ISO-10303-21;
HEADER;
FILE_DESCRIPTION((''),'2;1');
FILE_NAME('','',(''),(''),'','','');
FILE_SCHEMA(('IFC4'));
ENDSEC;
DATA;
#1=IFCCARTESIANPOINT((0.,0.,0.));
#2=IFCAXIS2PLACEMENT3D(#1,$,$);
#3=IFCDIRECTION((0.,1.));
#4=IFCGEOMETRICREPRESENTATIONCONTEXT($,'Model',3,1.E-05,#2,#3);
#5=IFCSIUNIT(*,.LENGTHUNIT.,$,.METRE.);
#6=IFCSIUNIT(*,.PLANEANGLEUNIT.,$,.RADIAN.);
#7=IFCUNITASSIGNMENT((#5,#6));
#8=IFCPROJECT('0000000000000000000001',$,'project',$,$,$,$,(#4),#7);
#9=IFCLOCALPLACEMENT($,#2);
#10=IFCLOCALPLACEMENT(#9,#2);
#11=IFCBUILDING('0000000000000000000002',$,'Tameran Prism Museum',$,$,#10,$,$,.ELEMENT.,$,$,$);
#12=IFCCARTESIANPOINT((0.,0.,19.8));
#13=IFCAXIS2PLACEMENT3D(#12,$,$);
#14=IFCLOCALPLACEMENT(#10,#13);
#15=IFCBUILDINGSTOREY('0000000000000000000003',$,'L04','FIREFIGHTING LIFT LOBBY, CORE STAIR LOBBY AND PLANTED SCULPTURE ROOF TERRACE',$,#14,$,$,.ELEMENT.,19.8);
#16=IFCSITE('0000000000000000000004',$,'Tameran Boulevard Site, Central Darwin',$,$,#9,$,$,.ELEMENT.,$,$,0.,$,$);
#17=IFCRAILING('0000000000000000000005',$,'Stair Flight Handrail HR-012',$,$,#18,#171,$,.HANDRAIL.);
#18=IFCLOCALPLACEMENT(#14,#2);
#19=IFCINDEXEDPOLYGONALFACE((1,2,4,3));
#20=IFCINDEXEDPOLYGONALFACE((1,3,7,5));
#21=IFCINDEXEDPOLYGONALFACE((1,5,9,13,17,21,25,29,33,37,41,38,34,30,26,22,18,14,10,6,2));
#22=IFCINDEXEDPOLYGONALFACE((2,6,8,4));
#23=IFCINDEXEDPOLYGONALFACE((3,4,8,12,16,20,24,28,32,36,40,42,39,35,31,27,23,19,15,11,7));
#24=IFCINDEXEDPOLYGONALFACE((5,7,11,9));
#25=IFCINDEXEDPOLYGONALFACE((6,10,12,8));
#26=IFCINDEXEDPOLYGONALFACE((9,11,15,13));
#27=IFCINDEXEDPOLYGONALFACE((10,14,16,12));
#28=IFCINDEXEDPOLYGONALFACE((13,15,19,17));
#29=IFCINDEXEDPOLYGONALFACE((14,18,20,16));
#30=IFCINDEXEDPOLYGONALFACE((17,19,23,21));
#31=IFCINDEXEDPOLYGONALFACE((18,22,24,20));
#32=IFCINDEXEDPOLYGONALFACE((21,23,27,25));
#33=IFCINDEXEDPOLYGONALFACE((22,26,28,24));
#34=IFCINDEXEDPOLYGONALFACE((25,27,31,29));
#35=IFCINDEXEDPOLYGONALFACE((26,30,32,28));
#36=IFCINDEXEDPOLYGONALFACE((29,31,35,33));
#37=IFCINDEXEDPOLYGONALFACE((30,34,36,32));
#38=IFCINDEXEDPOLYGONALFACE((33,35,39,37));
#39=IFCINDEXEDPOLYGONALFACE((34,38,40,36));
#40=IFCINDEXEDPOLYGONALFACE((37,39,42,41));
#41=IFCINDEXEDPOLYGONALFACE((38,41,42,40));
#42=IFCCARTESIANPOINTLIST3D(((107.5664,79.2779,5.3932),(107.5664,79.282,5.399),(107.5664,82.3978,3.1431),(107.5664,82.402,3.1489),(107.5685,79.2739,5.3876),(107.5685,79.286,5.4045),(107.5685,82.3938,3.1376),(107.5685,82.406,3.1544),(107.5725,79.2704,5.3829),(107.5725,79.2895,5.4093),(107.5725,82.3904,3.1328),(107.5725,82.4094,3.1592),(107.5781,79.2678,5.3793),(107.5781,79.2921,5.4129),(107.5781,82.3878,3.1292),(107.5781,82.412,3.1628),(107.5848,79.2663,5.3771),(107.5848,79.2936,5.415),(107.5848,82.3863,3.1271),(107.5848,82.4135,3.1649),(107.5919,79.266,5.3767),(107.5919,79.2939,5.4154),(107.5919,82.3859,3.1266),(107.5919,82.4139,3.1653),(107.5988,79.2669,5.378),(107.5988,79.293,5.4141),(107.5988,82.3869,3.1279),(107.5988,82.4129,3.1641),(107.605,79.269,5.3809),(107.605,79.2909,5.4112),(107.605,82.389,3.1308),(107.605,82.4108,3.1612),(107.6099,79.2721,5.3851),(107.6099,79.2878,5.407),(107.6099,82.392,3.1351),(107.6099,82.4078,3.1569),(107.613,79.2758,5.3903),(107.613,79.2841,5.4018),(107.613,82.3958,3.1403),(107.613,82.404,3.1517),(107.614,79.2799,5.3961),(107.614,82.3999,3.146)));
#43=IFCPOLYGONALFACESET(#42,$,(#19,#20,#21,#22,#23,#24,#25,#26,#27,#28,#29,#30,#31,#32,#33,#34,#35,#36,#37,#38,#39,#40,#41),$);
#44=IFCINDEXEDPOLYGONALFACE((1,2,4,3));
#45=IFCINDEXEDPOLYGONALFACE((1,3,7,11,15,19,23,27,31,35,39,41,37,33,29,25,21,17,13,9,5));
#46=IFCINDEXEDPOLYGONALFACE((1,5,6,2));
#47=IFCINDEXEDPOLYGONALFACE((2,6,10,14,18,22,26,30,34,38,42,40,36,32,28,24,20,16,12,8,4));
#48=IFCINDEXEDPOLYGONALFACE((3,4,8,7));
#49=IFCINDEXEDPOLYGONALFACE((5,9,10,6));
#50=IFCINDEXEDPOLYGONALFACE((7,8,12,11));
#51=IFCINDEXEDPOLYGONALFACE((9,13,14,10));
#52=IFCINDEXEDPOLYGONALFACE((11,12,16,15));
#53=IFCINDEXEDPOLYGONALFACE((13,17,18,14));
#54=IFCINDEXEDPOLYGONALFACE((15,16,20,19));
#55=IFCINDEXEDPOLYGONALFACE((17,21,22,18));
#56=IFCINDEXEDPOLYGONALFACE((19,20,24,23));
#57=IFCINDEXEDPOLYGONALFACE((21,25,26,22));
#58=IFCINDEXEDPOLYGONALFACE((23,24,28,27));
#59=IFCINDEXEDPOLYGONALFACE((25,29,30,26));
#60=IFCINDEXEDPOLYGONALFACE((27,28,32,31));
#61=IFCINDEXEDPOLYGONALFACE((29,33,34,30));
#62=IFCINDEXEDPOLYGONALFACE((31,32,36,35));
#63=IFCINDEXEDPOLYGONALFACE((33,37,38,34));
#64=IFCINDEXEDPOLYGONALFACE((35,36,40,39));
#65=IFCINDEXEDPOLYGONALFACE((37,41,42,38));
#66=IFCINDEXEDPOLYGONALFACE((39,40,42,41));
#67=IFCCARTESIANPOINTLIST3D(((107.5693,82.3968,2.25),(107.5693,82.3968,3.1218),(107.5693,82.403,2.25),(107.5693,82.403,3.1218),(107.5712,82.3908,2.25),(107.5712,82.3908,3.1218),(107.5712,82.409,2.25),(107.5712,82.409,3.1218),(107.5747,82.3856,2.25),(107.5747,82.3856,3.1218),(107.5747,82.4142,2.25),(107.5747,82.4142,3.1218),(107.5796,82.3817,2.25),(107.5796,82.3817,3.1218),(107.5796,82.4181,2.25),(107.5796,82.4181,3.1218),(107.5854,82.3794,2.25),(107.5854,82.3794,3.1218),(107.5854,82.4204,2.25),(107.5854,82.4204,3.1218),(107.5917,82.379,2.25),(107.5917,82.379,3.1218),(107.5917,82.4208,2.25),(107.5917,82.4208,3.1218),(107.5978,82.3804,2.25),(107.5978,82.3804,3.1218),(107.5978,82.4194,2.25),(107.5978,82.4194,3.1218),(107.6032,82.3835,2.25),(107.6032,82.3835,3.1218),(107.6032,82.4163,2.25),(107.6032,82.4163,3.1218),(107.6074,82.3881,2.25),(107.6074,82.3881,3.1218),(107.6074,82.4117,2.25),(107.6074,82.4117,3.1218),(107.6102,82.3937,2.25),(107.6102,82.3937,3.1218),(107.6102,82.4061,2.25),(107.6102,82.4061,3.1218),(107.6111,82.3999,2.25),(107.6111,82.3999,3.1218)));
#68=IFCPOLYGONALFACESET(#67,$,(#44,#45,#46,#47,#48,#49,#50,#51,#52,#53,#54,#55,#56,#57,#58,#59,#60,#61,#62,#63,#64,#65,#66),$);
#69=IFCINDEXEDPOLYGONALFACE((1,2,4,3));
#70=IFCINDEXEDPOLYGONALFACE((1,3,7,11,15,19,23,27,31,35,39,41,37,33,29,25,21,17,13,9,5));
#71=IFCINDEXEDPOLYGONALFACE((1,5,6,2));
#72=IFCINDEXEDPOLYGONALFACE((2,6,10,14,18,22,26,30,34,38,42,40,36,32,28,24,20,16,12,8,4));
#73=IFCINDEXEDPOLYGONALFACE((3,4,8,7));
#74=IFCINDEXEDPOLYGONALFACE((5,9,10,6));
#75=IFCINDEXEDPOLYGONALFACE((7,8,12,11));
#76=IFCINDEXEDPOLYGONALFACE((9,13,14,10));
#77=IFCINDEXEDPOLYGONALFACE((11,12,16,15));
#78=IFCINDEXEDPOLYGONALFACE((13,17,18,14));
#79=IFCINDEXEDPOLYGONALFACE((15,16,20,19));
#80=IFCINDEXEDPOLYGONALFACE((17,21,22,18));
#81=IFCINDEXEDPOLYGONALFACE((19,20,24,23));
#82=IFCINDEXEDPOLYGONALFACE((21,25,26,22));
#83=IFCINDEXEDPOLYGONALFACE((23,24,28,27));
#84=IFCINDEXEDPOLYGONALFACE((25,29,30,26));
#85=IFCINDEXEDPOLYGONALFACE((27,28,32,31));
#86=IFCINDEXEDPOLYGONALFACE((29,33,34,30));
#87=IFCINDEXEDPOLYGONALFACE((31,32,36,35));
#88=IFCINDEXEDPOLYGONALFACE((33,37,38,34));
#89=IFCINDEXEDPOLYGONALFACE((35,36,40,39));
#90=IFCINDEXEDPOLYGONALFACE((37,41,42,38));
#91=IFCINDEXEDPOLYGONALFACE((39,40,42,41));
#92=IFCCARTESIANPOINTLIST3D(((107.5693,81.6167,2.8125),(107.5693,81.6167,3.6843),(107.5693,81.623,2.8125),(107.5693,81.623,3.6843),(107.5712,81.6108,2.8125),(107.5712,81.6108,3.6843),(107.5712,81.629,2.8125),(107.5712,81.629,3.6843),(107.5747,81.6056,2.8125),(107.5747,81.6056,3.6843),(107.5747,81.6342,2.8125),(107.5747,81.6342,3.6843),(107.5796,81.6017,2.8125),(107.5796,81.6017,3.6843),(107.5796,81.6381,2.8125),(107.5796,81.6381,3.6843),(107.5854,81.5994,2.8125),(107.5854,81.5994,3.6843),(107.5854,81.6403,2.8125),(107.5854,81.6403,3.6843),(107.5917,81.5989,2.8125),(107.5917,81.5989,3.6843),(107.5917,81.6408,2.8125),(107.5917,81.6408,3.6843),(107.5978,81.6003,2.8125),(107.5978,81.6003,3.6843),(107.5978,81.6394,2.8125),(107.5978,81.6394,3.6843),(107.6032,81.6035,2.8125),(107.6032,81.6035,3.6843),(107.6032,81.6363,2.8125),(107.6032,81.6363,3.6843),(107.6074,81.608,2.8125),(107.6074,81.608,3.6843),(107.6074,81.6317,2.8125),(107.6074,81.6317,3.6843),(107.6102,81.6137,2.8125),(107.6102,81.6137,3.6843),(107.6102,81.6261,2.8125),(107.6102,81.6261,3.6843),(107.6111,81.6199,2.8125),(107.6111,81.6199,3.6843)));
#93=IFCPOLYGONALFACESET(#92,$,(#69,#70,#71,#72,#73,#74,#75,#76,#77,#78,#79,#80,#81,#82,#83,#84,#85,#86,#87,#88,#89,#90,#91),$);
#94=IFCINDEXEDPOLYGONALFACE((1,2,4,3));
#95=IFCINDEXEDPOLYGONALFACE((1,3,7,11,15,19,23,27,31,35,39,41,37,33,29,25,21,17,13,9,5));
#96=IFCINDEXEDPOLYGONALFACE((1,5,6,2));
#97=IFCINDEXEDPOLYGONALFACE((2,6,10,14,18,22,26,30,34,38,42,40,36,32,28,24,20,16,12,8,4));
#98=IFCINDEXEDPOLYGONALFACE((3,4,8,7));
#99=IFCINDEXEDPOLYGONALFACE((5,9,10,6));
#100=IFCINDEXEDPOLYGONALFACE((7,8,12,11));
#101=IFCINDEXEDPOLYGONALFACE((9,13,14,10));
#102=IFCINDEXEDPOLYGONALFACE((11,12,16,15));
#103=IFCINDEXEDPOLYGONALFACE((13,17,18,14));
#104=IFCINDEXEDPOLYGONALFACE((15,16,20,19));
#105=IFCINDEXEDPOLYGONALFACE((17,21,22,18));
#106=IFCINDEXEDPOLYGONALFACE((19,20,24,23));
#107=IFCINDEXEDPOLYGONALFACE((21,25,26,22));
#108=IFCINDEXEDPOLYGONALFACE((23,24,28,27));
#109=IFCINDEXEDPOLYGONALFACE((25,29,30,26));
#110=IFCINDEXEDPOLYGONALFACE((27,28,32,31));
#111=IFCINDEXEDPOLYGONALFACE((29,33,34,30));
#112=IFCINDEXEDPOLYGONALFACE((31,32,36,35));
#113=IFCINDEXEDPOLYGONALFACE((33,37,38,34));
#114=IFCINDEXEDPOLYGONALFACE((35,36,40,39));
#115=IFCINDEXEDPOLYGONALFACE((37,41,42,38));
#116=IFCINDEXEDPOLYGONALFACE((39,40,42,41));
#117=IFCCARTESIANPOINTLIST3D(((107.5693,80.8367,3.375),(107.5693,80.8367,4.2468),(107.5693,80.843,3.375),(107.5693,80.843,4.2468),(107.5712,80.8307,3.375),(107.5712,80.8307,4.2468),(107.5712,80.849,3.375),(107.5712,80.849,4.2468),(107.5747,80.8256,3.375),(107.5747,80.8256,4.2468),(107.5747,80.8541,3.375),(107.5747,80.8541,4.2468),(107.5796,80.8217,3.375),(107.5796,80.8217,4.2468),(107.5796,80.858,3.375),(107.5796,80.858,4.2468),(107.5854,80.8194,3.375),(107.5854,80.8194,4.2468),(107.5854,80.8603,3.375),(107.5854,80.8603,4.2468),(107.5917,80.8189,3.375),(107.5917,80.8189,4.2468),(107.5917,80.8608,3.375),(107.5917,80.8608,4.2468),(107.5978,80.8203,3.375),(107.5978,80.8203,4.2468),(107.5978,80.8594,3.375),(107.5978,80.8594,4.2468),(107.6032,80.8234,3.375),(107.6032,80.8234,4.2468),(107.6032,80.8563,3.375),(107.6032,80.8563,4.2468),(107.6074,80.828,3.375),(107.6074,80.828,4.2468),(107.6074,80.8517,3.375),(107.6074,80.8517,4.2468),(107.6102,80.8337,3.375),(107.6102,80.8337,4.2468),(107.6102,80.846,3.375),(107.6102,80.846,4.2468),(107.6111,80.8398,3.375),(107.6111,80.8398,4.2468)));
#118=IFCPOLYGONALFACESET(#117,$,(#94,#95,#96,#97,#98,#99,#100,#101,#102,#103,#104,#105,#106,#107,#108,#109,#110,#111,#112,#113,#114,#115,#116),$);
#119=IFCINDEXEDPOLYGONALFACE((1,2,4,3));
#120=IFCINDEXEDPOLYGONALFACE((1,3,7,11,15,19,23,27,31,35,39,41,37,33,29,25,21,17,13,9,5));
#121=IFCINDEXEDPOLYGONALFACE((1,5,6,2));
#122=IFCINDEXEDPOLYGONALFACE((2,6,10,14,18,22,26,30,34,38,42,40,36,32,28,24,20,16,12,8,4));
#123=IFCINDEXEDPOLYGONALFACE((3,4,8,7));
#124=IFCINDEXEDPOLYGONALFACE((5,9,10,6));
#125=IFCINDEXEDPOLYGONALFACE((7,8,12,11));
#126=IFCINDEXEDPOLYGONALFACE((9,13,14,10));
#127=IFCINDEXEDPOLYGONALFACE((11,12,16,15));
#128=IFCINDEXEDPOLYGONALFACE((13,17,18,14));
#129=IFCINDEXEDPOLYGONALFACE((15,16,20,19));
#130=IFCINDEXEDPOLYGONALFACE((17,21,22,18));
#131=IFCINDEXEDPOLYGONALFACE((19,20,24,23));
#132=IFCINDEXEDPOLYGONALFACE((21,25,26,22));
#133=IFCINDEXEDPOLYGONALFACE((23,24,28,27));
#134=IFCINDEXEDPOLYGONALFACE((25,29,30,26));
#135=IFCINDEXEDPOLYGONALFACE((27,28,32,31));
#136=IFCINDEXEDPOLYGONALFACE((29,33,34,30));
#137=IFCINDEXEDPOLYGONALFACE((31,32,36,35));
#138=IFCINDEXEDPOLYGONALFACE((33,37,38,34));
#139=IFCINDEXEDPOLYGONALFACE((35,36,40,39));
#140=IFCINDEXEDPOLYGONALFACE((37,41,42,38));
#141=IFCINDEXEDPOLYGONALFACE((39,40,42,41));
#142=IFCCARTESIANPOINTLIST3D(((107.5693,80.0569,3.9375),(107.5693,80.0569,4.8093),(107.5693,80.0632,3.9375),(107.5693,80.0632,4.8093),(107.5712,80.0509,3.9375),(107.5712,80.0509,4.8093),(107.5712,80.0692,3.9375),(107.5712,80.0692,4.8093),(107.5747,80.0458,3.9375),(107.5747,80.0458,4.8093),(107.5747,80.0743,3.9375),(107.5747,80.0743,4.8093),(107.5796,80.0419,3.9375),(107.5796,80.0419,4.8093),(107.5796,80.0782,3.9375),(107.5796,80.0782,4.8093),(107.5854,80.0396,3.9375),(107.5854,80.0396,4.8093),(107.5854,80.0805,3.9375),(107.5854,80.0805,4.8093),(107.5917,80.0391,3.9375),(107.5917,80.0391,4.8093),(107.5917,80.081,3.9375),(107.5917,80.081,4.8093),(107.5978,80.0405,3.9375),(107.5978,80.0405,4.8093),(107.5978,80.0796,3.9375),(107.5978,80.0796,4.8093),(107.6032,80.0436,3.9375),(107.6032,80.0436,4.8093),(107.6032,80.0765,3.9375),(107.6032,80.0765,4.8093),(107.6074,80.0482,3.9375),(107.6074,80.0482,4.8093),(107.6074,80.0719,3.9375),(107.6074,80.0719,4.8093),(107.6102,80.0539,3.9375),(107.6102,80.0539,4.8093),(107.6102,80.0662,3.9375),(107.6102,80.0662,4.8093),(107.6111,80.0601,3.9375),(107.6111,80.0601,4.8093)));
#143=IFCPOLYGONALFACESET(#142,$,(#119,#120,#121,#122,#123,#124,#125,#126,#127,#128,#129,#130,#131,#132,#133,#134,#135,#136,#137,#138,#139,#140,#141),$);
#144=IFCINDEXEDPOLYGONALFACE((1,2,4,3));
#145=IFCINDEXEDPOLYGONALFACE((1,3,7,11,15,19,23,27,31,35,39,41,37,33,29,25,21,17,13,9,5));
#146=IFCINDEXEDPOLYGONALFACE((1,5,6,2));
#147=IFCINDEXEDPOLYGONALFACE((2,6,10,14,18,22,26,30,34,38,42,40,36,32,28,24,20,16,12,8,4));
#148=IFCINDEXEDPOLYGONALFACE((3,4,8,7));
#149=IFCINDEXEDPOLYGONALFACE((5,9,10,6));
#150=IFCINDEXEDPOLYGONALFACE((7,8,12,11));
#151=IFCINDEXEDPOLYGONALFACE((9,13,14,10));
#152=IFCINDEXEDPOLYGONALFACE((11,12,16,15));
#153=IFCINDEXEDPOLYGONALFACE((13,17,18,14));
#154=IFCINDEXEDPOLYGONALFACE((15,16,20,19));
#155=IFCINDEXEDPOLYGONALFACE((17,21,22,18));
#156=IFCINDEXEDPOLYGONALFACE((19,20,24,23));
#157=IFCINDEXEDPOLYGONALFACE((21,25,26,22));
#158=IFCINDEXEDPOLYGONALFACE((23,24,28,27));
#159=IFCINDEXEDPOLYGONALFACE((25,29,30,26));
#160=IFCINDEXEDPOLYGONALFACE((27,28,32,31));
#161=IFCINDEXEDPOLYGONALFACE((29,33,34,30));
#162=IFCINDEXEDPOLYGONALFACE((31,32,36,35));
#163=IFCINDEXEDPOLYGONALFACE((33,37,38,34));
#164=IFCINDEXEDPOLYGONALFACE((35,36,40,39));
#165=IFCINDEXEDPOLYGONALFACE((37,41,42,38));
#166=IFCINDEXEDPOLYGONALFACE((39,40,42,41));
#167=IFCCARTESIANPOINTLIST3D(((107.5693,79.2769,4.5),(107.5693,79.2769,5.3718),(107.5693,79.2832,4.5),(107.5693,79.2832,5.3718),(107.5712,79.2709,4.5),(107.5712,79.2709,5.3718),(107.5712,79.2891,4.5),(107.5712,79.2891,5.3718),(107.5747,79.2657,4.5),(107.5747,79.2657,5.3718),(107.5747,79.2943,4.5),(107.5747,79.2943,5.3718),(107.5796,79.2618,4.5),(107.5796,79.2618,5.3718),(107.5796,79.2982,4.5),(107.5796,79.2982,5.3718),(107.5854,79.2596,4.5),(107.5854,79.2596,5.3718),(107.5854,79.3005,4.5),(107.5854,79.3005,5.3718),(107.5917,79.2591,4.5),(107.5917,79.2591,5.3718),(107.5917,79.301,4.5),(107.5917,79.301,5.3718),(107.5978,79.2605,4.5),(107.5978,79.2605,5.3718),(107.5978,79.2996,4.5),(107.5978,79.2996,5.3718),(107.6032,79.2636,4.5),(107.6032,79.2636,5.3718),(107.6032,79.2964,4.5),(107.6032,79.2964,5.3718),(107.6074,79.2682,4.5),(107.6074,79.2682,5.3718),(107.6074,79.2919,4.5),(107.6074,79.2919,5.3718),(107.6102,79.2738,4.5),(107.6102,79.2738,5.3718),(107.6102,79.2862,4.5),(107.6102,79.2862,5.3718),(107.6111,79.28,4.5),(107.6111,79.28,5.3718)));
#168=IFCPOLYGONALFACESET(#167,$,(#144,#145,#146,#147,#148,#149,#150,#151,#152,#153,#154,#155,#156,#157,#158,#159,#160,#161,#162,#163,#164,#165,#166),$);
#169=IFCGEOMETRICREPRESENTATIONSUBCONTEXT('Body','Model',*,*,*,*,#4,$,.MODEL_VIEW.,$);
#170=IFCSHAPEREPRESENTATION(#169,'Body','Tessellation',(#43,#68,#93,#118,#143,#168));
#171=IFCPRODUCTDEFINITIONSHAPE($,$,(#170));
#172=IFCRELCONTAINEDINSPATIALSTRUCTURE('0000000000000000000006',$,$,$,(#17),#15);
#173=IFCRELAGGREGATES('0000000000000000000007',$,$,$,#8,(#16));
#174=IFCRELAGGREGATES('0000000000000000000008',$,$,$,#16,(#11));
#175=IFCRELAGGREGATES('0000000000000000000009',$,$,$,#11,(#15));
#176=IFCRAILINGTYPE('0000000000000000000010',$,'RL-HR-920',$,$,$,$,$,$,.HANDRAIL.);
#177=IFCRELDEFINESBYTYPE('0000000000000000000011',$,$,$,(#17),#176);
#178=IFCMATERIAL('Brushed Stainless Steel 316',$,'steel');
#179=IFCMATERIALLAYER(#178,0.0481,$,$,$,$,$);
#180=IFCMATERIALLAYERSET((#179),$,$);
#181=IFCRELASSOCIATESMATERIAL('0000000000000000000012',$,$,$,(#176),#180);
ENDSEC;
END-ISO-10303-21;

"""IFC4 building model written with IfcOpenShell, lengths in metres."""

from ifc_helpers import new_model, si_unit, direction, frame, origin, origin_2d, place, context, subcontext, project, spatial, circle, extrude, material, layer, layer_set, type_object, element, save


model = new_model("IFC4")

# Units and contexts
model_context = context("Model", 3, precision=1e-05, world=origin(), true_north=direction((0.0, 1.0)))
body_context = subcontext(model_context, "Body", "Model", "MODEL_VIEW")
ifc_project = project(units=[si_unit("LENGTHUNIT", "METRE"), si_unit("PLANEANGLEUNIT", "RADIAN")], contexts=[model_context])

# Site, building, storey
site_placement = place(None, origin())
site = spatial("IfcSite", under=ifc_project, at=site_placement, Name="Tameran Boulevard Site, Central Darwin", CompositionType="ELEMENT", RefElevation=0.0)
building_placement = place(site_placement, origin())
building = spatial("IfcBuilding", under=site, at=building_placement, Name="Tameran Prism Museum", CompositionType="ELEMENT")
storey_placement = place(building_placement, frame((0.0, 0.0, 19.8)))
storey = spatial("IfcBuildingStorey", under=building, at=storey_placement, Name="L04", Description="FIREFIGHTING LIFT LOBBY, CORE STAIR LOBBY AND PLANTED SCULPTURE ROOF TERRACE", CompositionType="ELEMENT", Elevation=19.8)

# Railing
ifc_material_1 = material(Name="Brushed Stainless Steel 316", Category="steel")
ifc_layer_1 = layer(ifc_material_1, 0.0481)
ifc_layer_set_1 = layer_set([ifc_layer_1])
railing_type_1 = type_object("IfcRailingType", Name="RL-HR-920", PredefinedType="HANDRAIL", material=ifc_layer_set_1)
for number, where, name in (
    (1, (107.5901, 82.3999, 2.25), "Stair Flight Handrail HR-012"),
):
    element("IfcRailing", number, at=place(storey_placement, frame(where)), inside=storey, type_object=railing_type_1, Name=name, PredefinedType="HANDRAIL", context=body_context, shape_type="SweptSolid", body=[
        extrude(circle(Radius=0.0239, at=origin_2d()), frame((0.0, 0.0, 0.896), z_axis=(0.0, -0.811079, 0.584937), x_axis=(1.0, 0.0, 0.0)), (0.0, 0.0, 1.0), 3.8467),
        extrude(circle(Radius=0.021, at=origin_2d()), origin(), (0.0, 0.0, 1.0), 0.8718),
        extrude(circle(Radius=0.021, at=origin_2d()), frame((0.0, -0.78, 0.5625)), (0.0, 0.0, 1.0), 0.8718),
        extrude(circle(Radius=0.021, at=origin_2d()), frame((0.0, -1.5601, 1.125)), (0.0, 0.0, 1.0), 0.8718),
        extrude(circle(Radius=0.021, at=origin_2d()), frame((0.0, -2.3398, 1.6875)), (0.0, 0.0, 1.0), 0.8718),
        extrude(circle(Radius=0.021, at=origin_2d()), frame((0.0, -3.1199, 2.25)), (0.0, 0.0, 1.0), 0.8718),
    ])

save(model, "model.ifc")
